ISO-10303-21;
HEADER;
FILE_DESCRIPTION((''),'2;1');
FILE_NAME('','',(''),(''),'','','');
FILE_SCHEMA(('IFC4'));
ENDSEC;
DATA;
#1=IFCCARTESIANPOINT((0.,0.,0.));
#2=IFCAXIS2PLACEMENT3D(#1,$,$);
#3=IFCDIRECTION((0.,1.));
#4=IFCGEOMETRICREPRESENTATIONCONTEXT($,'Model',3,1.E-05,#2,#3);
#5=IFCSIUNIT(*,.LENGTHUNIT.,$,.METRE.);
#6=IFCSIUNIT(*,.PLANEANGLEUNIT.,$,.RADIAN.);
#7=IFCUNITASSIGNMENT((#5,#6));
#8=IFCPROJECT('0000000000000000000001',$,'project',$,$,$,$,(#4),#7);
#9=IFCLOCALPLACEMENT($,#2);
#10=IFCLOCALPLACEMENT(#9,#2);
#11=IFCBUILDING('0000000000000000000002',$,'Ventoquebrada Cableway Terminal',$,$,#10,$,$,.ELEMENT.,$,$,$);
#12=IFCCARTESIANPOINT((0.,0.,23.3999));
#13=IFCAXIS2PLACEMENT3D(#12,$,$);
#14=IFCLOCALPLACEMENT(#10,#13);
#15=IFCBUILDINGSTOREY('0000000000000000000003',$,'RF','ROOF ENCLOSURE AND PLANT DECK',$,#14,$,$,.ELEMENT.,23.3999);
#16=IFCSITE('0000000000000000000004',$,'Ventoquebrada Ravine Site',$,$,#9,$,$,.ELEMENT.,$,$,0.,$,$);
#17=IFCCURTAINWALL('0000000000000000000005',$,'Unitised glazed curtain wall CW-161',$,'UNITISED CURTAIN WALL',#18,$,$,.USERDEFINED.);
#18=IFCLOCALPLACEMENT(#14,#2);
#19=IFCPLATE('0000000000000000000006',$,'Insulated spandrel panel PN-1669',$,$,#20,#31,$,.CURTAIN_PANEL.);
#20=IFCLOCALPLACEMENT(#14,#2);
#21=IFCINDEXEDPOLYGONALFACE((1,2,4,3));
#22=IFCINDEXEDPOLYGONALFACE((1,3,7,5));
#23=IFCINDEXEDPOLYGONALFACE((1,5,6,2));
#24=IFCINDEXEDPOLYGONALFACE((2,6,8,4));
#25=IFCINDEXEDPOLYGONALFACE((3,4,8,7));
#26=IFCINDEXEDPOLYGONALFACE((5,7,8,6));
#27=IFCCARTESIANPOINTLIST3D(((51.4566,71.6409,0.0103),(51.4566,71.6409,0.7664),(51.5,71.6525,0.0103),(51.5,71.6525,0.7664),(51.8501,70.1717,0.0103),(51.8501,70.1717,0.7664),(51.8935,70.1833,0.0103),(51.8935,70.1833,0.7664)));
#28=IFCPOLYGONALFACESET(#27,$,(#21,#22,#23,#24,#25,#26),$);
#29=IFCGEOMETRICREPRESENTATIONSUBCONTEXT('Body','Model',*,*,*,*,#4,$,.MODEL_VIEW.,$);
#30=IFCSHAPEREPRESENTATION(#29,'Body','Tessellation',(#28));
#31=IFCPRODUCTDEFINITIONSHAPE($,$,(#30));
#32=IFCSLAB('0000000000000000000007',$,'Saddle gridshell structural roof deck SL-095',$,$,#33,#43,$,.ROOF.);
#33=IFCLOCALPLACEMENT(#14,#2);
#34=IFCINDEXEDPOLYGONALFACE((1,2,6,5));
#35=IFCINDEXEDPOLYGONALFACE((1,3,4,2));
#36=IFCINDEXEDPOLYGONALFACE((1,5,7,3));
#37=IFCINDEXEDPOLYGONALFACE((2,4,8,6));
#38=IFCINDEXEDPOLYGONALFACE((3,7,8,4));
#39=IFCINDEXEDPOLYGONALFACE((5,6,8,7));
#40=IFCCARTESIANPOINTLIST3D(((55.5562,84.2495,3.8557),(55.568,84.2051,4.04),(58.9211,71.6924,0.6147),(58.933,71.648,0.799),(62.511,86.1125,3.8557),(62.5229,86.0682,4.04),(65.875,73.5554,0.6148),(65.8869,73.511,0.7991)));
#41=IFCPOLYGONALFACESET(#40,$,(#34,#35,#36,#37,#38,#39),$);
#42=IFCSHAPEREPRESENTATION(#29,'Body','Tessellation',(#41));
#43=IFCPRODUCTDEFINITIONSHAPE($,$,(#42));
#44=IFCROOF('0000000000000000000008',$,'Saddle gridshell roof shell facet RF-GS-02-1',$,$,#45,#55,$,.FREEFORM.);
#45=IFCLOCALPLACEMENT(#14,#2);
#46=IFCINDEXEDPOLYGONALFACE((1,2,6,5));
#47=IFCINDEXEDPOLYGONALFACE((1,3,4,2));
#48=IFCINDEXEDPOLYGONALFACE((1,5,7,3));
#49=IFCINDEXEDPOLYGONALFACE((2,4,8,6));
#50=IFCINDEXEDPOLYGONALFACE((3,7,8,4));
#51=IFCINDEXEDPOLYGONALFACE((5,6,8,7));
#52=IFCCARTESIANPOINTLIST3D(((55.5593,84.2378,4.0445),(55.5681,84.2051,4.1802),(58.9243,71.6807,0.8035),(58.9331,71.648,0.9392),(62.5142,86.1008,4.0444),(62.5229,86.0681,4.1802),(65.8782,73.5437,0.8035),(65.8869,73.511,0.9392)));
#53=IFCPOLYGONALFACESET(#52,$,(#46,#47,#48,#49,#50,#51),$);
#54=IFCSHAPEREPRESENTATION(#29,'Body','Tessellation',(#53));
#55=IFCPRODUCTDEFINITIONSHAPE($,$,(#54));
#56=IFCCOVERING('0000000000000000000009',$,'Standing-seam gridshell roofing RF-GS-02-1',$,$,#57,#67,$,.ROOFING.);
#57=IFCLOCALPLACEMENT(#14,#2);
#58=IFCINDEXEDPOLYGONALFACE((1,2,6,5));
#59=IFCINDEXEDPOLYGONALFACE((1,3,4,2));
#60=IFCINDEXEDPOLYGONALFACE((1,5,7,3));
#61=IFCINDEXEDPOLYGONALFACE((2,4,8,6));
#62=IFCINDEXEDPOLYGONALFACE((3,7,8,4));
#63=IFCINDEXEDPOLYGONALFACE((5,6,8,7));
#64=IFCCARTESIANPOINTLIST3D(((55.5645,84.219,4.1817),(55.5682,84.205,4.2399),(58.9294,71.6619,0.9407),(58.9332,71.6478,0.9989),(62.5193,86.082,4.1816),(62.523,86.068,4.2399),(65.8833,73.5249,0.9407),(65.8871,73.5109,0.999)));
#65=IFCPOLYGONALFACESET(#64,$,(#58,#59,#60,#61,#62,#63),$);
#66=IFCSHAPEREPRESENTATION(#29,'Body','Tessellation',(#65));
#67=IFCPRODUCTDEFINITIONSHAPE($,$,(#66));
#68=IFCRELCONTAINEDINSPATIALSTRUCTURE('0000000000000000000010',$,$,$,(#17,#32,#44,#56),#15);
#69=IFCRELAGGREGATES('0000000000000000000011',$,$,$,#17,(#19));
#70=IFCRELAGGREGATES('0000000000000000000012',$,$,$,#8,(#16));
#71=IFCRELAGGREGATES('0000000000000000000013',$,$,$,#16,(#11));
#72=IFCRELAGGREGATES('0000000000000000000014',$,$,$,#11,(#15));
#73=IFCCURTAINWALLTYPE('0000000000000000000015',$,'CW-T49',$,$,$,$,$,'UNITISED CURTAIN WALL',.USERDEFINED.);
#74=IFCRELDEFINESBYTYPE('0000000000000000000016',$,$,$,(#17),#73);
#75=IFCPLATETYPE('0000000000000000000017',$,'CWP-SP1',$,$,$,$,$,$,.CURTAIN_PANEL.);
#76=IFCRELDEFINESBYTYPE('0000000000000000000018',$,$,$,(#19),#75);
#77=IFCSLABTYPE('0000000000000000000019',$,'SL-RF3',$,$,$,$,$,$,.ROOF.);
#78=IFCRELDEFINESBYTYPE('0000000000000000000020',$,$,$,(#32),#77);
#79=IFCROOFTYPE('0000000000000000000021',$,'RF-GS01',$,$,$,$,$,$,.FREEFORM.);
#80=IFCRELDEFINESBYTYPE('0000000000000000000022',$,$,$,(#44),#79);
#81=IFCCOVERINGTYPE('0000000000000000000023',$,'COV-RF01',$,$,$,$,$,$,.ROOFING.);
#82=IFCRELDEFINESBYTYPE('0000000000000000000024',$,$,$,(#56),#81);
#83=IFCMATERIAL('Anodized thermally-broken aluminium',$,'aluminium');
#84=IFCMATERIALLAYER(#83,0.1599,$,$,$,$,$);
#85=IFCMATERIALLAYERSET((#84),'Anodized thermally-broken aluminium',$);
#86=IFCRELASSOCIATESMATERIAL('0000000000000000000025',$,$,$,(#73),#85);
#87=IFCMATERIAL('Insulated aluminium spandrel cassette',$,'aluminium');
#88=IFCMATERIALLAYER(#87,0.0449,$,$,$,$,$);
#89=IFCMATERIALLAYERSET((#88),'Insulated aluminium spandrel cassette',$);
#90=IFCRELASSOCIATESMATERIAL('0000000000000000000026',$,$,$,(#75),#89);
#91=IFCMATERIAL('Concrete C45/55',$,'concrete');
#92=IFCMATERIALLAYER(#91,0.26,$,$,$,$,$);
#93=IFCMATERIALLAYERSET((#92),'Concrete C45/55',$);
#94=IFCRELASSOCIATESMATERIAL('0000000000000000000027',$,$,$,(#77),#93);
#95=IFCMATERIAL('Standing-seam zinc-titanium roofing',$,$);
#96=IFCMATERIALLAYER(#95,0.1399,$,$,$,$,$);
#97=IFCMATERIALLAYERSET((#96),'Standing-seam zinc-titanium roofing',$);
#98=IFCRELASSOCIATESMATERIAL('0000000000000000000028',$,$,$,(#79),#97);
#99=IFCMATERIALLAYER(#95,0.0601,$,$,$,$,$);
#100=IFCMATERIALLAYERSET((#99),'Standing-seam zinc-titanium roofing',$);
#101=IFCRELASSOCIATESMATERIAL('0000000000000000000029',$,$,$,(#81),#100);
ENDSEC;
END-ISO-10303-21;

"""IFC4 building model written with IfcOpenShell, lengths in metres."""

from ifc_helpers import new_model, si_unit, direction, frame, origin, origin_2d, place, context, subcontext, project, spatial, polyline, rectangle, outline, extrude, material, layer, layer_set, type_object, element, aggregate, save


model = new_model("IFC4")

# Units and contexts
model_context = context("Model", 3, precision=1e-05, world=origin(), true_north=direction((0.0, 1.0)))
body_context = subcontext(model_context, "Body", "Model", "MODEL_VIEW")
ifc_project = project(units=[si_unit("LENGTHUNIT", "METRE"), si_unit("PLANEANGLEUNIT", "RADIAN")], contexts=[model_context])

# Site, building, storey
site_placement = place(None, origin())
site = spatial("IfcSite", under=ifc_project, at=site_placement, Name="Ventoquebrada Ravine Site", CompositionType="ELEMENT", RefElevation=0.0)
building_placement = place(site_placement, origin())
building = spatial("IfcBuilding", under=site, at=building_placement, Name="Ventoquebrada Cableway Terminal", CompositionType="ELEMENT")
storey_placement = place(building_placement, frame((0.0, 0.0, 23.3999)))
storey = spatial("IfcBuildingStorey", under=building, at=storey_placement, Name="RF", Description="ROOF ENCLOSURE AND PLANT DECK", CompositionType="ELEMENT", Elevation=23.3999)

# Shared definitions
ifc_material_1 = material(Name="Anodized thermally-broken aluminium", Category="aluminium")

# Curtain wall
ifc_layer_1 = layer(ifc_material_1, 0.1599)
ifc_layer_set_1 = layer_set([ifc_layer_1], Name="Anodized thermally-broken aluminium")
curtain_wall_type_1 = type_object("IfcCurtainWallType", Name="CW-T49", ElementType="UNITISED CURTAIN WALL", PredefinedType="USERDEFINED", material=ifc_layer_set_1)
curtain_wall_1_placement = place(storey_placement, origin())
curtain_wall_1 = element("IfcCurtainWall", 1, at=curtain_wall_1_placement, inside=storey, type_object=curtain_wall_type_1, Name="Unitised glazed curtain wall CW-161", ObjectType="UNITISED CURTAIN WALL", PredefinedType="USERDEFINED")

# Plate
ifc_material_2 = material(Name="Insulated aluminium spandrel cassette", Category="aluminium")
ifc_layer_2 = layer(ifc_material_2, 0.0449)
ifc_layer_set_2 = layer_set([ifc_layer_2], Name="Insulated aluminium spandrel cassette")
plate_type_1 = type_object("IfcPlateType", Name="CWP-SP1", PredefinedType="CURTAIN_PANEL", material=ifc_layer_set_2)
plate_1_placement = place(storey_placement, frame((51.675, 70.9121, 0.0103), z_axis=(0.0, 0.0, 1.0), x_axis=(0.258718, -0.965953, 0.0)))
plate_1 = element("IfcPlate", 2, at=plate_1_placement, type_object=plate_type_1, Name="Insulated spandrel panel PN-1669", PredefinedType="CURTAIN_PANEL", context=body_context, shape_type="SweptSolid", body=[
    extrude(rectangle(XDim=1.521, YDim=0.0449, at=origin_2d()), origin(), (0.0, 0.0, 1.0), 0.7561),
])
aggregate(curtain_wall_1, [plate_1])

# Slab
ifc_material_3 = material(Name="Concrete C45/55", Category="concrete")
ifc_layer_3 = layer(ifc_material_3, 0.26)
ifc_layer_set_3 = layer_set([ifc_layer_3], Name="Concrete C45/55")
slab_type = type_object("IfcSlabType", Name="SL-RF3", PredefinedType="ROOF", material=ifc_layer_set_3)
slab_placement = place(storey_placement, frame((58.9211, 71.6924, 0.6147), z_axis=(0.062597, -0.233661, 0.970301), x_axis=(0.965935, 0.258787, 0.000004)))
element("IfcSlab", 3, at=slab_placement, inside=storey, type_object=slab_type, Name="Saddle gridshell structural roof deck SL-095", PredefinedType="ROOF", context=body_context, shape_type="SweptSolid", body=[
    extrude(outline(polyline([(0.0, 0.0), (7.1991, 0.0), (7.1993, 13.3978), (-0.0007, 13.3981), (0.0, 0.0)])), origin(), (0.0, 0.0, 1.0), 0.1899),
])

# Roof
ifc_material_4 = material(Name="Standing-seam zinc-titanium roofing")
ifc_layer_4 = layer(ifc_material_4, 0.1399)
ifc_layer_set_4 = layer_set([ifc_layer_4], Name="Standing-seam zinc-titanium roofing")
roof_type = type_object("IfcRoofType", Name="RF-GS01", PredefinedType="FREEFORM", material=ifc_layer_set_4)
roof_placement = place(storey_placement, frame((58.9243, 71.6807, 0.8035), z_axis=(0.062597, -0.233661, 0.970301), x_axis=(0.965935, 0.258787, 0.000004)))
element("IfcRoof", 4, at=roof_placement, inside=storey, type_object=roof_type, Name="Saddle gridshell roof shell facet RF-GS-02-1", PredefinedType="FREEFORM", context=body_context, shape_type="SweptSolid", body=[
    extrude(outline(polyline([(0.0, 0.0), (7.1991, 0.0), (7.1993, 13.3978), (-0.0007, 13.3981), (0.0, 0.0)])), origin(), (0.0, 0.0, 1.0), 0.1399),
])

# Covering
ifc_layer_5 = layer(ifc_material_4, 0.0601)
ifc_layer_set_5 = layer_set([ifc_layer_5], Name="Standing-seam zinc-titanium roofing")
covering_type = type_object("IfcCoveringType", Name="COV-RF01", PredefinedType="ROOFING", material=ifc_layer_set_5)
covering_placement = place(storey_placement, frame((58.9294, 71.6619, 0.9407), z_axis=(0.062597, -0.233661, 0.970301), x_axis=(0.965935, 0.258787, 0.000004)))
element("IfcCovering", 5, at=covering_placement, inside=storey, type_object=covering_type, Name="Standing-seam gridshell roofing RF-GS-02-1", PredefinedType="ROOFING", context=body_context, shape_type="SweptSolid", body=[
    extrude(outline(polyline([(0.0, 0.0), (7.1991, 0.0), (7.1993, 13.3978), (-0.0007, 13.3981), (0.0, 0.0)])), origin(), (0.0, 0.0, 1.0), 0.0601),
])

save(model, "model.ifc")
